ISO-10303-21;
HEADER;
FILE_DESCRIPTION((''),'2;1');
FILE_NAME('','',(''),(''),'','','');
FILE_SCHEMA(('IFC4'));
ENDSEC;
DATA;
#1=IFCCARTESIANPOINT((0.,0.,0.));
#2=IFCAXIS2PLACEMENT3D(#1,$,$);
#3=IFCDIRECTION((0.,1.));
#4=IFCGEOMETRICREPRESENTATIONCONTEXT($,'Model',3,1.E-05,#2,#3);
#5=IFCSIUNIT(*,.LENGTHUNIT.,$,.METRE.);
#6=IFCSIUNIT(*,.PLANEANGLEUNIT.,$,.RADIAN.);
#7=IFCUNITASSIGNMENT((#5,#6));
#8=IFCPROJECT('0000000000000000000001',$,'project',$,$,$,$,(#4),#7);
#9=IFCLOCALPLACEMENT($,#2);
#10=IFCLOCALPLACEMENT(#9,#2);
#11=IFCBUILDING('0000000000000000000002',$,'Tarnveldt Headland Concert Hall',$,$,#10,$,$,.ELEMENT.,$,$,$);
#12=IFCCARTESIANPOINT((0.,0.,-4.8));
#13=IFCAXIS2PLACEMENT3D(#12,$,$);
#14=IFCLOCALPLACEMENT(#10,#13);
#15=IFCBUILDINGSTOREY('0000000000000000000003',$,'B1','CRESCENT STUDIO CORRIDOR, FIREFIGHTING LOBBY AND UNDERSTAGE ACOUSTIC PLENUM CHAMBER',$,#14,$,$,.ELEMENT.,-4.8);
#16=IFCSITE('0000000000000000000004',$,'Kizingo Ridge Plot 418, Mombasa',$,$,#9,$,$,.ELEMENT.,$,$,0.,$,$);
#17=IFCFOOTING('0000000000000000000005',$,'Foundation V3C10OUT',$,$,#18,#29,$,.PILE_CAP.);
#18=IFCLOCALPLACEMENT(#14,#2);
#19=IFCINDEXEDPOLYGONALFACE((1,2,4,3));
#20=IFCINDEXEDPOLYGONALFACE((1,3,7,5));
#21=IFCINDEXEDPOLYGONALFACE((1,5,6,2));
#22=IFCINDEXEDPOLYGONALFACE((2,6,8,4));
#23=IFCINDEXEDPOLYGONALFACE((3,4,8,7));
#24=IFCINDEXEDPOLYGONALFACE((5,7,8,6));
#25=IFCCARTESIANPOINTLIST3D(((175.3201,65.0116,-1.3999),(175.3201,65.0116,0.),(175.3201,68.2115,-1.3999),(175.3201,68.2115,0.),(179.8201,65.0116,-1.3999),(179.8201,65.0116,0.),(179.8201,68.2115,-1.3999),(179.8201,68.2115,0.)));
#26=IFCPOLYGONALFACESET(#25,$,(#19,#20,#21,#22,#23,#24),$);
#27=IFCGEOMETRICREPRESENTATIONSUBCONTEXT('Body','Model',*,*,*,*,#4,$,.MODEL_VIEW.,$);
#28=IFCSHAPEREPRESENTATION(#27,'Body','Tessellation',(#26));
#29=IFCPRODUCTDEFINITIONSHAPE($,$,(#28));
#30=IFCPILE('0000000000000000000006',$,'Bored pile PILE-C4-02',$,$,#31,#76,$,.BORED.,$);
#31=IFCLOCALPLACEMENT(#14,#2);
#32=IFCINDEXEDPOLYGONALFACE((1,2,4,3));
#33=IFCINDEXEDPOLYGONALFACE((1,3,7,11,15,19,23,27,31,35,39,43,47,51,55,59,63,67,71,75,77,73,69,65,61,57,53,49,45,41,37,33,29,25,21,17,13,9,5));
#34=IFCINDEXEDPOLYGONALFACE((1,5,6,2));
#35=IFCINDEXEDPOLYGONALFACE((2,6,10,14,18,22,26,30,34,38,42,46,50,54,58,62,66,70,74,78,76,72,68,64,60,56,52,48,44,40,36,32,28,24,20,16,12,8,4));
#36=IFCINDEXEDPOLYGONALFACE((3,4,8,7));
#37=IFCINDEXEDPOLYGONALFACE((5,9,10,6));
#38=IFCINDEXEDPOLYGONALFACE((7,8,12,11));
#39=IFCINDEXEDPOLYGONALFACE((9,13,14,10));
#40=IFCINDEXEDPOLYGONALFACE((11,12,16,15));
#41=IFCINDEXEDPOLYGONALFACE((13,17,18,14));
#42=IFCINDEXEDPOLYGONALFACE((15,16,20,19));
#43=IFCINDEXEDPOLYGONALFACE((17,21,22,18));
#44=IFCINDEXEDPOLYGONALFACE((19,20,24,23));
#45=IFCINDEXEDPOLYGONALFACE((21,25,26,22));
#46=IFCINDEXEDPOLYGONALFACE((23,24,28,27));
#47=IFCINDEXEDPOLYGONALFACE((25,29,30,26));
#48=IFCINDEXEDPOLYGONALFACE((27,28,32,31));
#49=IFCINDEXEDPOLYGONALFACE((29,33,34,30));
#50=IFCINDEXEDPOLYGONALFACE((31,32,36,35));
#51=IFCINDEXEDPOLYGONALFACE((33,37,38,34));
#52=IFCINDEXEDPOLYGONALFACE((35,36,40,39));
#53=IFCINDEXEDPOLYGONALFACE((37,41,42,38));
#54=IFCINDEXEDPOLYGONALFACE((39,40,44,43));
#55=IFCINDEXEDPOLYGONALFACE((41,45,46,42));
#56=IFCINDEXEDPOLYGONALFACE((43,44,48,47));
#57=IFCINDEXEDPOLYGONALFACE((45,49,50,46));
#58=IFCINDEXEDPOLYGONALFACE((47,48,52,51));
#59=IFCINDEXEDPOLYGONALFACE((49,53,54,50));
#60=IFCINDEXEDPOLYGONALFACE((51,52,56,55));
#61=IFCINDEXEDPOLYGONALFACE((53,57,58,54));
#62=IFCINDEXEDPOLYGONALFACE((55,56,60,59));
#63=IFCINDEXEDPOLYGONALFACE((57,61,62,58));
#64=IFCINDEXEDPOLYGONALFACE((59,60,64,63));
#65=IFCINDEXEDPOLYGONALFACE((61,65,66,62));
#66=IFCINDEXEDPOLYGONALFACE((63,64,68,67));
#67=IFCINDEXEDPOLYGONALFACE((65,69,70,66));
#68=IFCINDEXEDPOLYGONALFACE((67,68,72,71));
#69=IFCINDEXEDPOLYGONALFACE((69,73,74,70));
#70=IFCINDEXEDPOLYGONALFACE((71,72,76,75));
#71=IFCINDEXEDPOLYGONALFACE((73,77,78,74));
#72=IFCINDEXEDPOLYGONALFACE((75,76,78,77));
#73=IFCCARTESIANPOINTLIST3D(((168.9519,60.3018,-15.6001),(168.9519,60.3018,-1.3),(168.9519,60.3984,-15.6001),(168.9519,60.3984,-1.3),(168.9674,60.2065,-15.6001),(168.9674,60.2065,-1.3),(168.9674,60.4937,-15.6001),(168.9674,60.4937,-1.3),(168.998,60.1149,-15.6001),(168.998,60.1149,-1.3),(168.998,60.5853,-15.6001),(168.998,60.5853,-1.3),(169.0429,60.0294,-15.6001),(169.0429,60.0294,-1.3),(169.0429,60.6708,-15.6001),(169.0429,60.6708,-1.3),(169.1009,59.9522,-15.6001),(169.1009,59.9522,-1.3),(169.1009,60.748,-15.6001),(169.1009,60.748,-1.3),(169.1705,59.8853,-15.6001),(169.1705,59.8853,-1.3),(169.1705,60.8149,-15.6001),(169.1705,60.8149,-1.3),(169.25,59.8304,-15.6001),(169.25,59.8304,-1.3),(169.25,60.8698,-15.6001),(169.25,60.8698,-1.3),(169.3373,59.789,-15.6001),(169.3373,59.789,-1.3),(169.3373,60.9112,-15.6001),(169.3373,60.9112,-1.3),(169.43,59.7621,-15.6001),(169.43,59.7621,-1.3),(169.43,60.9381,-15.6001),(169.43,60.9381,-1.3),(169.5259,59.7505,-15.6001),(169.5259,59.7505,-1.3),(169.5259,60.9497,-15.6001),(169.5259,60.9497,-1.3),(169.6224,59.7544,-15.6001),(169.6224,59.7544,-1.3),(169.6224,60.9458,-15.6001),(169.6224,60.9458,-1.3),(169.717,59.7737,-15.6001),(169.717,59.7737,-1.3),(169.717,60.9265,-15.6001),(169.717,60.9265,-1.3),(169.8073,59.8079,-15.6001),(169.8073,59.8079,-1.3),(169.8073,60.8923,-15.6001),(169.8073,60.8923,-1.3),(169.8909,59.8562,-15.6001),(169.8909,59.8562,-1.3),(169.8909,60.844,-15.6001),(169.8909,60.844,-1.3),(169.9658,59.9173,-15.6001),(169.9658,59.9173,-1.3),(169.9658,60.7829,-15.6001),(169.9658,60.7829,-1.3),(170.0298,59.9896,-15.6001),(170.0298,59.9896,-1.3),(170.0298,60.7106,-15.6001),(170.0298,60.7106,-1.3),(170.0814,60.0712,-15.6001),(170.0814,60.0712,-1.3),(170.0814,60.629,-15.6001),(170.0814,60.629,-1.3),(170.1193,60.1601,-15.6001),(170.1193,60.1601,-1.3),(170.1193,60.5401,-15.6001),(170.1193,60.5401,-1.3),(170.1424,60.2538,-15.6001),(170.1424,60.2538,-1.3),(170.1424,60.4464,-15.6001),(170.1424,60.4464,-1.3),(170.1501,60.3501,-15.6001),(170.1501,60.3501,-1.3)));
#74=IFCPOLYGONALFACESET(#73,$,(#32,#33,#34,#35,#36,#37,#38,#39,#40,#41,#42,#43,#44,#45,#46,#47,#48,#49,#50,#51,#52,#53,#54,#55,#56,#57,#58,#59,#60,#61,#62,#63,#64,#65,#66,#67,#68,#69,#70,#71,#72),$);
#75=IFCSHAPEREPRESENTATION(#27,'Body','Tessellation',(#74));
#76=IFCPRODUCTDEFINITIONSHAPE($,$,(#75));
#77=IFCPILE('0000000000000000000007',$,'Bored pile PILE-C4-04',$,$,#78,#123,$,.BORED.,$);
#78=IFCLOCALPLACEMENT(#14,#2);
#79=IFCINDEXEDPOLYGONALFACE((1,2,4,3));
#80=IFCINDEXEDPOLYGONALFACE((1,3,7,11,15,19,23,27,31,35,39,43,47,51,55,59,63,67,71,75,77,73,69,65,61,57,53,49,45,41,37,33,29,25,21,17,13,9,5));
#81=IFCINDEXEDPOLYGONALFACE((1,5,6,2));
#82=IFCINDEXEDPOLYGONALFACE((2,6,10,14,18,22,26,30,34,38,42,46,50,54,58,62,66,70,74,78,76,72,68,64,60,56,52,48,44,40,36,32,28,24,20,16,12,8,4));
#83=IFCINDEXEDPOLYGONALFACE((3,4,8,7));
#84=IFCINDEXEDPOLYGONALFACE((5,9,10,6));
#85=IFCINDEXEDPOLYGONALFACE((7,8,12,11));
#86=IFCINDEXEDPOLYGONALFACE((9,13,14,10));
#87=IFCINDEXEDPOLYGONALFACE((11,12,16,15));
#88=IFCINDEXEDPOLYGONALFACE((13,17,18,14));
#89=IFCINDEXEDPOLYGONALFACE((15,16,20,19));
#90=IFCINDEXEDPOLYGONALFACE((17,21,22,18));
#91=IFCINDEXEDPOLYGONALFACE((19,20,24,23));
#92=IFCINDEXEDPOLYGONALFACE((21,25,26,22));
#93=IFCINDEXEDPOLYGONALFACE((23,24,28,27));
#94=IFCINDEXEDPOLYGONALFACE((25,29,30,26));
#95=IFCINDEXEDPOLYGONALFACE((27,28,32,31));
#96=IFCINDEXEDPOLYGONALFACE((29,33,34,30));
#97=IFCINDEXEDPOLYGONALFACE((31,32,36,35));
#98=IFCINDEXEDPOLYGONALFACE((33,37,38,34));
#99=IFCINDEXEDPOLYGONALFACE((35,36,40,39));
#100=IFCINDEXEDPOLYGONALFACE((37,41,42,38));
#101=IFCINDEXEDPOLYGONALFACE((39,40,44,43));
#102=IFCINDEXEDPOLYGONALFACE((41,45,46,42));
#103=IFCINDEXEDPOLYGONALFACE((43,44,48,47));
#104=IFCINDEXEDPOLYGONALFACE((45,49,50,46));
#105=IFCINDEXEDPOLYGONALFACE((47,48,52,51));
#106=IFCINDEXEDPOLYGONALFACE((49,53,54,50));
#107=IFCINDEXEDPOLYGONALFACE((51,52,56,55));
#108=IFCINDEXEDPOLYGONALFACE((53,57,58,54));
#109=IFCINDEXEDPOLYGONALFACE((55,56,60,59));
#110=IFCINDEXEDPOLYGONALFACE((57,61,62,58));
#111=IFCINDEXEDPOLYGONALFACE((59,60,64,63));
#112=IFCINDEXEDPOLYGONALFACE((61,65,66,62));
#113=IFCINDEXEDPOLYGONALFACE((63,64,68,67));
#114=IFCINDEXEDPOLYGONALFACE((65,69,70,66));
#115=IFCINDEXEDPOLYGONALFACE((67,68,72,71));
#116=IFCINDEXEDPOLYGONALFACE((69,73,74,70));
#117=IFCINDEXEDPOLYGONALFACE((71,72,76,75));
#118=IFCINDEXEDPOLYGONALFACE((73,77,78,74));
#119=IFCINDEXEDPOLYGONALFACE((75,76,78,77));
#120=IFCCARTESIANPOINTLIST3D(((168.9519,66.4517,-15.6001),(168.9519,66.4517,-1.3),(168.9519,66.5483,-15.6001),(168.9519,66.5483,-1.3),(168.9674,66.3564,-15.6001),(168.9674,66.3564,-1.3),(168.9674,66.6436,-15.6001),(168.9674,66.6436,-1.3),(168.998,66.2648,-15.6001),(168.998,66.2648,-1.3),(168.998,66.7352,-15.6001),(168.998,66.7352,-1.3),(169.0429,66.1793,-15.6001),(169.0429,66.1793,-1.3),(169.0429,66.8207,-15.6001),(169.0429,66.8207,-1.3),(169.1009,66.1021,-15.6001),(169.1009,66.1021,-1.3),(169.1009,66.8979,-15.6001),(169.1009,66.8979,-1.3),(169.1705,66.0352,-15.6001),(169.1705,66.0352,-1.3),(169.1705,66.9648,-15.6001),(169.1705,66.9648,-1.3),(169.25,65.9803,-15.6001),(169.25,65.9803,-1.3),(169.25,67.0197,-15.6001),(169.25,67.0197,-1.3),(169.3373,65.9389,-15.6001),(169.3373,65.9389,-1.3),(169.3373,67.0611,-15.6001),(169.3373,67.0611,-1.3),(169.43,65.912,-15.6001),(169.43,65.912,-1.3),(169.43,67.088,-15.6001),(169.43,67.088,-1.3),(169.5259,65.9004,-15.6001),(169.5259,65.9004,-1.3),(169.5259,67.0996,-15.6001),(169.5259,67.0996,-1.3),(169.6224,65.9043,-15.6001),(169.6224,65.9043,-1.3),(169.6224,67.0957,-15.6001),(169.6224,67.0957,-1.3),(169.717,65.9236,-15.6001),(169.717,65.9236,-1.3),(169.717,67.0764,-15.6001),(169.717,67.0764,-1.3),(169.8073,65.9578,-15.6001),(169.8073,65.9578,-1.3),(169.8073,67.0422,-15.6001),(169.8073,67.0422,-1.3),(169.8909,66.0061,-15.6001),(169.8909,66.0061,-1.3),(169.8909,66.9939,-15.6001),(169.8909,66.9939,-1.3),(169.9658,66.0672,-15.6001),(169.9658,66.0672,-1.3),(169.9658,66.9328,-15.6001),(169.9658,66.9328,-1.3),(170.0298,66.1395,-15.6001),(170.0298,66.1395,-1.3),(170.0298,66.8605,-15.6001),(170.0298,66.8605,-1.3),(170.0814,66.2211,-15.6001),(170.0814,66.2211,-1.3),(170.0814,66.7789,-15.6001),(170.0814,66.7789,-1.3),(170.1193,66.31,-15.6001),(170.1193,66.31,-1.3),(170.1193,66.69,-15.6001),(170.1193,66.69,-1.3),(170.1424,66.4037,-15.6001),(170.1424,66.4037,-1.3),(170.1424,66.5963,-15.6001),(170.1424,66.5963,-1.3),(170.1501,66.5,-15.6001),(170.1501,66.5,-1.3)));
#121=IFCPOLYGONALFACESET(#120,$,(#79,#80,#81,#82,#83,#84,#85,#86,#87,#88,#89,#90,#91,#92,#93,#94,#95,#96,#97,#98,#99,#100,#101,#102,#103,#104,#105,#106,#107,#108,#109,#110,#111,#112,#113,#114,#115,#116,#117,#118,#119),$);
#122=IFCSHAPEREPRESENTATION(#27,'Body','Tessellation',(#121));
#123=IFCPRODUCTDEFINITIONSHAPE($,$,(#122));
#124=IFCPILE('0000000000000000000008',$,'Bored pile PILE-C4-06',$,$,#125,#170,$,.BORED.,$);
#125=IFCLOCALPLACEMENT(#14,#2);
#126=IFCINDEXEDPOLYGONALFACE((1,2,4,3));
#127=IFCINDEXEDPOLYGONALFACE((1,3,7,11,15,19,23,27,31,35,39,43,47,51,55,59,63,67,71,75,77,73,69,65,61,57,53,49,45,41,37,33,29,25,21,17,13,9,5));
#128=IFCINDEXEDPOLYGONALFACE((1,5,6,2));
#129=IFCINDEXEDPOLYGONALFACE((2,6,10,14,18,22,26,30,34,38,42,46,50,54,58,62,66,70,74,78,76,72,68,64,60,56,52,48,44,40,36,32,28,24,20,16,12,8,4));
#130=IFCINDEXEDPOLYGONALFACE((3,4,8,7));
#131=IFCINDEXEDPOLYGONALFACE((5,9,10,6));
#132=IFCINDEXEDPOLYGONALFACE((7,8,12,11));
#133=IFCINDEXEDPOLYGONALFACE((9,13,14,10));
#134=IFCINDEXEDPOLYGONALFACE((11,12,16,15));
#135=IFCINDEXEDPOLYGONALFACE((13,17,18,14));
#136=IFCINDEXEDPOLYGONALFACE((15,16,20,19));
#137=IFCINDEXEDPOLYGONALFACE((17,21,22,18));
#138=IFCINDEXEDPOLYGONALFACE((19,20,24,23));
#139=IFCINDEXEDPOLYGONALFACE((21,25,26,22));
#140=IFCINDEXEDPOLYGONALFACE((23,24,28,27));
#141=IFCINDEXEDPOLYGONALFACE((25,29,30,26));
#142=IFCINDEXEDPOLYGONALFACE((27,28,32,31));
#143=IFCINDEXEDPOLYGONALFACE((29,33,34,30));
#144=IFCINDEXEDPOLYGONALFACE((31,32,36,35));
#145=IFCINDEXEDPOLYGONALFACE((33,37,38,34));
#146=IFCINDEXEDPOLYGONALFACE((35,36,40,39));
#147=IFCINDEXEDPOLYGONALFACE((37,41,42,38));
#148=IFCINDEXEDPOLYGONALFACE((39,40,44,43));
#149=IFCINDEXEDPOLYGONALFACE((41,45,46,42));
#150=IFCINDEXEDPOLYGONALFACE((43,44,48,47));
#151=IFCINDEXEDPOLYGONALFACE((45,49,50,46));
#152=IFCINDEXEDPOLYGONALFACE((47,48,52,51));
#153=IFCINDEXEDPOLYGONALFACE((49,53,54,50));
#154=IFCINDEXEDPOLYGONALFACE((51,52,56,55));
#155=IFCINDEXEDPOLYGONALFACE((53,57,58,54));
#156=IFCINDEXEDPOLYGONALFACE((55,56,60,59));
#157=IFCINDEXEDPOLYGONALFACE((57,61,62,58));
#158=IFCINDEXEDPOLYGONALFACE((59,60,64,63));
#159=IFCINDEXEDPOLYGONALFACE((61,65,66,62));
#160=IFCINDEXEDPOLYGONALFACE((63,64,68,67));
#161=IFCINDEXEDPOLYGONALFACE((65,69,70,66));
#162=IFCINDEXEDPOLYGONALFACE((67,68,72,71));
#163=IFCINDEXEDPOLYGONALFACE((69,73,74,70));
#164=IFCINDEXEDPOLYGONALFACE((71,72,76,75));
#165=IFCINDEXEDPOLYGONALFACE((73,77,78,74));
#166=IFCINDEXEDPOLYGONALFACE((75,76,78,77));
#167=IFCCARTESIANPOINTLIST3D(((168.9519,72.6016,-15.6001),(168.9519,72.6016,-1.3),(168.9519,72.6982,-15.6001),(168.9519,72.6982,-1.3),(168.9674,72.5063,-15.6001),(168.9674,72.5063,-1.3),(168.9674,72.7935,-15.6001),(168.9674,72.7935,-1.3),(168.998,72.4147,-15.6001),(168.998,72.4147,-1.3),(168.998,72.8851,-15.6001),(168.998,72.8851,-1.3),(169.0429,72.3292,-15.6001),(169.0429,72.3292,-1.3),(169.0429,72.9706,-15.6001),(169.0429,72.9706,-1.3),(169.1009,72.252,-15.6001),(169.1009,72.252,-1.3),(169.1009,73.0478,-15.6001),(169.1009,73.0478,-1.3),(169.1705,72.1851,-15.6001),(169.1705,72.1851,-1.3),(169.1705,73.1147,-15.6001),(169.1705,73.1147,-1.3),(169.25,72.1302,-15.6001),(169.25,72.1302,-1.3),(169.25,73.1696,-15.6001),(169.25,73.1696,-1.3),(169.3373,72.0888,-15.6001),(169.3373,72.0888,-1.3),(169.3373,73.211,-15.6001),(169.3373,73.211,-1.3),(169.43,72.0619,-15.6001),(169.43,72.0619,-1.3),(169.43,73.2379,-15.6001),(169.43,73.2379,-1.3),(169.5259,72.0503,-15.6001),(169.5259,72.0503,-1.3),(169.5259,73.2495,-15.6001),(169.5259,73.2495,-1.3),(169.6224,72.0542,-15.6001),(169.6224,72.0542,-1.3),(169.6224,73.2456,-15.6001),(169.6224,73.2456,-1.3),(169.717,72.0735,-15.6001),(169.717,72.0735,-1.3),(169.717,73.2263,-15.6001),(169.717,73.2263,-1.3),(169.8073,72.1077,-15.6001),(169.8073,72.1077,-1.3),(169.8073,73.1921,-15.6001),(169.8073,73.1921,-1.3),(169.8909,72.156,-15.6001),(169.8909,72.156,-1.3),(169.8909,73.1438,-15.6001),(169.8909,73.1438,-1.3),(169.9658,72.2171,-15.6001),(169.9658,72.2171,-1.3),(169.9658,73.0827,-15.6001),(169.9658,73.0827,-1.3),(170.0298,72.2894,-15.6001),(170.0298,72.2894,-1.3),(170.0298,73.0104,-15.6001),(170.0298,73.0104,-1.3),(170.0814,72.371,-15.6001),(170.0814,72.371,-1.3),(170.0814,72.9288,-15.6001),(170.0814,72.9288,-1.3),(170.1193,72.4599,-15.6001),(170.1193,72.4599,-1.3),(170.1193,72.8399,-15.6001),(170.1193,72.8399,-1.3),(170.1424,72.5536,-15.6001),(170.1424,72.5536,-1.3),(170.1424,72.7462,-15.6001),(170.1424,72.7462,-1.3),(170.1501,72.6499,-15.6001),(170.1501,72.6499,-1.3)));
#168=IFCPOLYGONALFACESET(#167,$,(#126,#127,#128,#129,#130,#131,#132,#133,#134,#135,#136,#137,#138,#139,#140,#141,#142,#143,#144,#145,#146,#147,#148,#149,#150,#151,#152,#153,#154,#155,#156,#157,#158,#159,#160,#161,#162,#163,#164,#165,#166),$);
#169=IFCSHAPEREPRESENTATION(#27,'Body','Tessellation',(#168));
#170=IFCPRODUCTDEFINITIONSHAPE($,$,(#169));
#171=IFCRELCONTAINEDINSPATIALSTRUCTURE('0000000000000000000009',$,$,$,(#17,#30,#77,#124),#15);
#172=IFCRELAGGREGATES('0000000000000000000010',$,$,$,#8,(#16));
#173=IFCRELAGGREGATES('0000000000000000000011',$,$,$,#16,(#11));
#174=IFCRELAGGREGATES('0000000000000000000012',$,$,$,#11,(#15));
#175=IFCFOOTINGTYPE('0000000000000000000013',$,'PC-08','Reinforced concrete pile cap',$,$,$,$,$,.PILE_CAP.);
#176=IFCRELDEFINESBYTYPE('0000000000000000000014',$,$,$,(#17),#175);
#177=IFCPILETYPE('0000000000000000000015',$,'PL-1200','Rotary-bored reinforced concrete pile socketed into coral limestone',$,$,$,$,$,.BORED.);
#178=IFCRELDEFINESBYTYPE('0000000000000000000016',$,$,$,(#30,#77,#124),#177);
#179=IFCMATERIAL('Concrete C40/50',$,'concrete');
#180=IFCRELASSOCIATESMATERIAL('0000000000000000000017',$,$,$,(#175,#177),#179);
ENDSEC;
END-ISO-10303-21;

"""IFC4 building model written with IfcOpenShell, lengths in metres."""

from ifc_helpers import new_model, si_unit, direction, frame, origin, origin_2d, place, context, subcontext, project, spatial, rectangle, circle, extrude, material, material_profile, profile_set, type_object, element, save


model = new_model("IFC4")

# Units and contexts
model_context = context("Model", 3, precision=1e-05, world=origin(), true_north=direction((0.0, 1.0)))
body_context = subcontext(model_context, "Body", "Model", "MODEL_VIEW")
ifc_project = project(units=[si_unit("LENGTHUNIT", "METRE"), si_unit("PLANEANGLEUNIT", "RADIAN")], contexts=[model_context])

# Site, building, storey
site_placement = place(None, origin())
site = spatial("IfcSite", under=ifc_project, at=site_placement, Name="Kizingo Ridge Plot 418, Mombasa", CompositionType="ELEMENT", RefElevation=0.0)
building_placement = place(site_placement, origin())
building = spatial("IfcBuilding", under=site, at=building_placement, Name="Tarnveldt Headland Concert Hall", CompositionType="ELEMENT")
storey_placement = place(building_placement, frame((0.0, 0.0, -4.8)))
storey = spatial("IfcBuildingStorey", under=building, at=storey_placement, Name="B1", Description="CRESCENT STUDIO CORRIDOR, FIREFIGHTING LOBBY AND UNDERSTAGE ACOUSTIC PLENUM CHAMBER", CompositionType="ELEMENT", Elevation=-4.8)

# Footing
ifc_material_1 = material(Name="Concrete C40/50", Category="concrete")
footing_type = type_object("IfcFootingType", Name="PC-08", Description="Reinforced concrete pile cap", PredefinedType="PILE_CAP", material=ifc_material_1)
footing_placement = place(storey_placement, frame((177.5701, 66.6116, -1.3999), z_axis=(0.0, 0.0, 1.0), x_axis=(1.0, 0.0, 0.0)))
element("IfcFooting", 1, at=footing_placement, inside=storey, type_object=footing_type, Name="Foundation V3C10OUT", PredefinedType="PILE_CAP", context=body_context, shape_type="SweptSolid", body=[
    extrude(rectangle(XDim=4.5, YDim=3.2, at=origin_2d()), origin(), (0.0, 0.0, 1.0), 1.3999),
])

# Piles
ifc_material_profile_1 = material_profile(ifc_material_1, circle(Radius=0.6001, at=origin_2d()), Name="BORED PILE D1200", Category="concrete")
ifc_profile_set_1 = profile_set([ifc_material_profile_1], Name="Concrete C40/50")
pile_type_1 = type_object("IfcPileType", Name="PL-1200", Description="Rotary-bored reinforced concrete pile socketed into coral limestone", PredefinedType="BORED", material=ifc_profile_set_1)
for number, where, z_axis, x_axis, name in (
    (2, (169.55, 60.3501, -1.3), (0.0, 0.0, -1.0), (1.0, 0.0, 0.0), "Bored pile PILE-C4-02"),
    (3, (169.55, 66.5, -1.3), (0.0, 0.0, -1.0), (1.0, 0.0, 0.0), "Bored pile PILE-C4-04"),
    (4, (169.55, 72.6499, -1.3), (0.0, 0.0, -1.0), (1.0, 0.0, 0.0), "Bored pile PILE-C4-06"),
):
    element("IfcPile", number, at=place(storey_placement, frame(where, z_axis=z_axis, x_axis=x_axis)), inside=storey, type_object=pile_type_1, Name=name, PredefinedType="BORED", context=body_context, shape_type="SweptSolid", body=[
        extrude(circle(Radius=0.6001, at=origin_2d()), origin(), (0.0, 0.0, 1.0), 14.3),
    ])

save(model, "model.ifc")
